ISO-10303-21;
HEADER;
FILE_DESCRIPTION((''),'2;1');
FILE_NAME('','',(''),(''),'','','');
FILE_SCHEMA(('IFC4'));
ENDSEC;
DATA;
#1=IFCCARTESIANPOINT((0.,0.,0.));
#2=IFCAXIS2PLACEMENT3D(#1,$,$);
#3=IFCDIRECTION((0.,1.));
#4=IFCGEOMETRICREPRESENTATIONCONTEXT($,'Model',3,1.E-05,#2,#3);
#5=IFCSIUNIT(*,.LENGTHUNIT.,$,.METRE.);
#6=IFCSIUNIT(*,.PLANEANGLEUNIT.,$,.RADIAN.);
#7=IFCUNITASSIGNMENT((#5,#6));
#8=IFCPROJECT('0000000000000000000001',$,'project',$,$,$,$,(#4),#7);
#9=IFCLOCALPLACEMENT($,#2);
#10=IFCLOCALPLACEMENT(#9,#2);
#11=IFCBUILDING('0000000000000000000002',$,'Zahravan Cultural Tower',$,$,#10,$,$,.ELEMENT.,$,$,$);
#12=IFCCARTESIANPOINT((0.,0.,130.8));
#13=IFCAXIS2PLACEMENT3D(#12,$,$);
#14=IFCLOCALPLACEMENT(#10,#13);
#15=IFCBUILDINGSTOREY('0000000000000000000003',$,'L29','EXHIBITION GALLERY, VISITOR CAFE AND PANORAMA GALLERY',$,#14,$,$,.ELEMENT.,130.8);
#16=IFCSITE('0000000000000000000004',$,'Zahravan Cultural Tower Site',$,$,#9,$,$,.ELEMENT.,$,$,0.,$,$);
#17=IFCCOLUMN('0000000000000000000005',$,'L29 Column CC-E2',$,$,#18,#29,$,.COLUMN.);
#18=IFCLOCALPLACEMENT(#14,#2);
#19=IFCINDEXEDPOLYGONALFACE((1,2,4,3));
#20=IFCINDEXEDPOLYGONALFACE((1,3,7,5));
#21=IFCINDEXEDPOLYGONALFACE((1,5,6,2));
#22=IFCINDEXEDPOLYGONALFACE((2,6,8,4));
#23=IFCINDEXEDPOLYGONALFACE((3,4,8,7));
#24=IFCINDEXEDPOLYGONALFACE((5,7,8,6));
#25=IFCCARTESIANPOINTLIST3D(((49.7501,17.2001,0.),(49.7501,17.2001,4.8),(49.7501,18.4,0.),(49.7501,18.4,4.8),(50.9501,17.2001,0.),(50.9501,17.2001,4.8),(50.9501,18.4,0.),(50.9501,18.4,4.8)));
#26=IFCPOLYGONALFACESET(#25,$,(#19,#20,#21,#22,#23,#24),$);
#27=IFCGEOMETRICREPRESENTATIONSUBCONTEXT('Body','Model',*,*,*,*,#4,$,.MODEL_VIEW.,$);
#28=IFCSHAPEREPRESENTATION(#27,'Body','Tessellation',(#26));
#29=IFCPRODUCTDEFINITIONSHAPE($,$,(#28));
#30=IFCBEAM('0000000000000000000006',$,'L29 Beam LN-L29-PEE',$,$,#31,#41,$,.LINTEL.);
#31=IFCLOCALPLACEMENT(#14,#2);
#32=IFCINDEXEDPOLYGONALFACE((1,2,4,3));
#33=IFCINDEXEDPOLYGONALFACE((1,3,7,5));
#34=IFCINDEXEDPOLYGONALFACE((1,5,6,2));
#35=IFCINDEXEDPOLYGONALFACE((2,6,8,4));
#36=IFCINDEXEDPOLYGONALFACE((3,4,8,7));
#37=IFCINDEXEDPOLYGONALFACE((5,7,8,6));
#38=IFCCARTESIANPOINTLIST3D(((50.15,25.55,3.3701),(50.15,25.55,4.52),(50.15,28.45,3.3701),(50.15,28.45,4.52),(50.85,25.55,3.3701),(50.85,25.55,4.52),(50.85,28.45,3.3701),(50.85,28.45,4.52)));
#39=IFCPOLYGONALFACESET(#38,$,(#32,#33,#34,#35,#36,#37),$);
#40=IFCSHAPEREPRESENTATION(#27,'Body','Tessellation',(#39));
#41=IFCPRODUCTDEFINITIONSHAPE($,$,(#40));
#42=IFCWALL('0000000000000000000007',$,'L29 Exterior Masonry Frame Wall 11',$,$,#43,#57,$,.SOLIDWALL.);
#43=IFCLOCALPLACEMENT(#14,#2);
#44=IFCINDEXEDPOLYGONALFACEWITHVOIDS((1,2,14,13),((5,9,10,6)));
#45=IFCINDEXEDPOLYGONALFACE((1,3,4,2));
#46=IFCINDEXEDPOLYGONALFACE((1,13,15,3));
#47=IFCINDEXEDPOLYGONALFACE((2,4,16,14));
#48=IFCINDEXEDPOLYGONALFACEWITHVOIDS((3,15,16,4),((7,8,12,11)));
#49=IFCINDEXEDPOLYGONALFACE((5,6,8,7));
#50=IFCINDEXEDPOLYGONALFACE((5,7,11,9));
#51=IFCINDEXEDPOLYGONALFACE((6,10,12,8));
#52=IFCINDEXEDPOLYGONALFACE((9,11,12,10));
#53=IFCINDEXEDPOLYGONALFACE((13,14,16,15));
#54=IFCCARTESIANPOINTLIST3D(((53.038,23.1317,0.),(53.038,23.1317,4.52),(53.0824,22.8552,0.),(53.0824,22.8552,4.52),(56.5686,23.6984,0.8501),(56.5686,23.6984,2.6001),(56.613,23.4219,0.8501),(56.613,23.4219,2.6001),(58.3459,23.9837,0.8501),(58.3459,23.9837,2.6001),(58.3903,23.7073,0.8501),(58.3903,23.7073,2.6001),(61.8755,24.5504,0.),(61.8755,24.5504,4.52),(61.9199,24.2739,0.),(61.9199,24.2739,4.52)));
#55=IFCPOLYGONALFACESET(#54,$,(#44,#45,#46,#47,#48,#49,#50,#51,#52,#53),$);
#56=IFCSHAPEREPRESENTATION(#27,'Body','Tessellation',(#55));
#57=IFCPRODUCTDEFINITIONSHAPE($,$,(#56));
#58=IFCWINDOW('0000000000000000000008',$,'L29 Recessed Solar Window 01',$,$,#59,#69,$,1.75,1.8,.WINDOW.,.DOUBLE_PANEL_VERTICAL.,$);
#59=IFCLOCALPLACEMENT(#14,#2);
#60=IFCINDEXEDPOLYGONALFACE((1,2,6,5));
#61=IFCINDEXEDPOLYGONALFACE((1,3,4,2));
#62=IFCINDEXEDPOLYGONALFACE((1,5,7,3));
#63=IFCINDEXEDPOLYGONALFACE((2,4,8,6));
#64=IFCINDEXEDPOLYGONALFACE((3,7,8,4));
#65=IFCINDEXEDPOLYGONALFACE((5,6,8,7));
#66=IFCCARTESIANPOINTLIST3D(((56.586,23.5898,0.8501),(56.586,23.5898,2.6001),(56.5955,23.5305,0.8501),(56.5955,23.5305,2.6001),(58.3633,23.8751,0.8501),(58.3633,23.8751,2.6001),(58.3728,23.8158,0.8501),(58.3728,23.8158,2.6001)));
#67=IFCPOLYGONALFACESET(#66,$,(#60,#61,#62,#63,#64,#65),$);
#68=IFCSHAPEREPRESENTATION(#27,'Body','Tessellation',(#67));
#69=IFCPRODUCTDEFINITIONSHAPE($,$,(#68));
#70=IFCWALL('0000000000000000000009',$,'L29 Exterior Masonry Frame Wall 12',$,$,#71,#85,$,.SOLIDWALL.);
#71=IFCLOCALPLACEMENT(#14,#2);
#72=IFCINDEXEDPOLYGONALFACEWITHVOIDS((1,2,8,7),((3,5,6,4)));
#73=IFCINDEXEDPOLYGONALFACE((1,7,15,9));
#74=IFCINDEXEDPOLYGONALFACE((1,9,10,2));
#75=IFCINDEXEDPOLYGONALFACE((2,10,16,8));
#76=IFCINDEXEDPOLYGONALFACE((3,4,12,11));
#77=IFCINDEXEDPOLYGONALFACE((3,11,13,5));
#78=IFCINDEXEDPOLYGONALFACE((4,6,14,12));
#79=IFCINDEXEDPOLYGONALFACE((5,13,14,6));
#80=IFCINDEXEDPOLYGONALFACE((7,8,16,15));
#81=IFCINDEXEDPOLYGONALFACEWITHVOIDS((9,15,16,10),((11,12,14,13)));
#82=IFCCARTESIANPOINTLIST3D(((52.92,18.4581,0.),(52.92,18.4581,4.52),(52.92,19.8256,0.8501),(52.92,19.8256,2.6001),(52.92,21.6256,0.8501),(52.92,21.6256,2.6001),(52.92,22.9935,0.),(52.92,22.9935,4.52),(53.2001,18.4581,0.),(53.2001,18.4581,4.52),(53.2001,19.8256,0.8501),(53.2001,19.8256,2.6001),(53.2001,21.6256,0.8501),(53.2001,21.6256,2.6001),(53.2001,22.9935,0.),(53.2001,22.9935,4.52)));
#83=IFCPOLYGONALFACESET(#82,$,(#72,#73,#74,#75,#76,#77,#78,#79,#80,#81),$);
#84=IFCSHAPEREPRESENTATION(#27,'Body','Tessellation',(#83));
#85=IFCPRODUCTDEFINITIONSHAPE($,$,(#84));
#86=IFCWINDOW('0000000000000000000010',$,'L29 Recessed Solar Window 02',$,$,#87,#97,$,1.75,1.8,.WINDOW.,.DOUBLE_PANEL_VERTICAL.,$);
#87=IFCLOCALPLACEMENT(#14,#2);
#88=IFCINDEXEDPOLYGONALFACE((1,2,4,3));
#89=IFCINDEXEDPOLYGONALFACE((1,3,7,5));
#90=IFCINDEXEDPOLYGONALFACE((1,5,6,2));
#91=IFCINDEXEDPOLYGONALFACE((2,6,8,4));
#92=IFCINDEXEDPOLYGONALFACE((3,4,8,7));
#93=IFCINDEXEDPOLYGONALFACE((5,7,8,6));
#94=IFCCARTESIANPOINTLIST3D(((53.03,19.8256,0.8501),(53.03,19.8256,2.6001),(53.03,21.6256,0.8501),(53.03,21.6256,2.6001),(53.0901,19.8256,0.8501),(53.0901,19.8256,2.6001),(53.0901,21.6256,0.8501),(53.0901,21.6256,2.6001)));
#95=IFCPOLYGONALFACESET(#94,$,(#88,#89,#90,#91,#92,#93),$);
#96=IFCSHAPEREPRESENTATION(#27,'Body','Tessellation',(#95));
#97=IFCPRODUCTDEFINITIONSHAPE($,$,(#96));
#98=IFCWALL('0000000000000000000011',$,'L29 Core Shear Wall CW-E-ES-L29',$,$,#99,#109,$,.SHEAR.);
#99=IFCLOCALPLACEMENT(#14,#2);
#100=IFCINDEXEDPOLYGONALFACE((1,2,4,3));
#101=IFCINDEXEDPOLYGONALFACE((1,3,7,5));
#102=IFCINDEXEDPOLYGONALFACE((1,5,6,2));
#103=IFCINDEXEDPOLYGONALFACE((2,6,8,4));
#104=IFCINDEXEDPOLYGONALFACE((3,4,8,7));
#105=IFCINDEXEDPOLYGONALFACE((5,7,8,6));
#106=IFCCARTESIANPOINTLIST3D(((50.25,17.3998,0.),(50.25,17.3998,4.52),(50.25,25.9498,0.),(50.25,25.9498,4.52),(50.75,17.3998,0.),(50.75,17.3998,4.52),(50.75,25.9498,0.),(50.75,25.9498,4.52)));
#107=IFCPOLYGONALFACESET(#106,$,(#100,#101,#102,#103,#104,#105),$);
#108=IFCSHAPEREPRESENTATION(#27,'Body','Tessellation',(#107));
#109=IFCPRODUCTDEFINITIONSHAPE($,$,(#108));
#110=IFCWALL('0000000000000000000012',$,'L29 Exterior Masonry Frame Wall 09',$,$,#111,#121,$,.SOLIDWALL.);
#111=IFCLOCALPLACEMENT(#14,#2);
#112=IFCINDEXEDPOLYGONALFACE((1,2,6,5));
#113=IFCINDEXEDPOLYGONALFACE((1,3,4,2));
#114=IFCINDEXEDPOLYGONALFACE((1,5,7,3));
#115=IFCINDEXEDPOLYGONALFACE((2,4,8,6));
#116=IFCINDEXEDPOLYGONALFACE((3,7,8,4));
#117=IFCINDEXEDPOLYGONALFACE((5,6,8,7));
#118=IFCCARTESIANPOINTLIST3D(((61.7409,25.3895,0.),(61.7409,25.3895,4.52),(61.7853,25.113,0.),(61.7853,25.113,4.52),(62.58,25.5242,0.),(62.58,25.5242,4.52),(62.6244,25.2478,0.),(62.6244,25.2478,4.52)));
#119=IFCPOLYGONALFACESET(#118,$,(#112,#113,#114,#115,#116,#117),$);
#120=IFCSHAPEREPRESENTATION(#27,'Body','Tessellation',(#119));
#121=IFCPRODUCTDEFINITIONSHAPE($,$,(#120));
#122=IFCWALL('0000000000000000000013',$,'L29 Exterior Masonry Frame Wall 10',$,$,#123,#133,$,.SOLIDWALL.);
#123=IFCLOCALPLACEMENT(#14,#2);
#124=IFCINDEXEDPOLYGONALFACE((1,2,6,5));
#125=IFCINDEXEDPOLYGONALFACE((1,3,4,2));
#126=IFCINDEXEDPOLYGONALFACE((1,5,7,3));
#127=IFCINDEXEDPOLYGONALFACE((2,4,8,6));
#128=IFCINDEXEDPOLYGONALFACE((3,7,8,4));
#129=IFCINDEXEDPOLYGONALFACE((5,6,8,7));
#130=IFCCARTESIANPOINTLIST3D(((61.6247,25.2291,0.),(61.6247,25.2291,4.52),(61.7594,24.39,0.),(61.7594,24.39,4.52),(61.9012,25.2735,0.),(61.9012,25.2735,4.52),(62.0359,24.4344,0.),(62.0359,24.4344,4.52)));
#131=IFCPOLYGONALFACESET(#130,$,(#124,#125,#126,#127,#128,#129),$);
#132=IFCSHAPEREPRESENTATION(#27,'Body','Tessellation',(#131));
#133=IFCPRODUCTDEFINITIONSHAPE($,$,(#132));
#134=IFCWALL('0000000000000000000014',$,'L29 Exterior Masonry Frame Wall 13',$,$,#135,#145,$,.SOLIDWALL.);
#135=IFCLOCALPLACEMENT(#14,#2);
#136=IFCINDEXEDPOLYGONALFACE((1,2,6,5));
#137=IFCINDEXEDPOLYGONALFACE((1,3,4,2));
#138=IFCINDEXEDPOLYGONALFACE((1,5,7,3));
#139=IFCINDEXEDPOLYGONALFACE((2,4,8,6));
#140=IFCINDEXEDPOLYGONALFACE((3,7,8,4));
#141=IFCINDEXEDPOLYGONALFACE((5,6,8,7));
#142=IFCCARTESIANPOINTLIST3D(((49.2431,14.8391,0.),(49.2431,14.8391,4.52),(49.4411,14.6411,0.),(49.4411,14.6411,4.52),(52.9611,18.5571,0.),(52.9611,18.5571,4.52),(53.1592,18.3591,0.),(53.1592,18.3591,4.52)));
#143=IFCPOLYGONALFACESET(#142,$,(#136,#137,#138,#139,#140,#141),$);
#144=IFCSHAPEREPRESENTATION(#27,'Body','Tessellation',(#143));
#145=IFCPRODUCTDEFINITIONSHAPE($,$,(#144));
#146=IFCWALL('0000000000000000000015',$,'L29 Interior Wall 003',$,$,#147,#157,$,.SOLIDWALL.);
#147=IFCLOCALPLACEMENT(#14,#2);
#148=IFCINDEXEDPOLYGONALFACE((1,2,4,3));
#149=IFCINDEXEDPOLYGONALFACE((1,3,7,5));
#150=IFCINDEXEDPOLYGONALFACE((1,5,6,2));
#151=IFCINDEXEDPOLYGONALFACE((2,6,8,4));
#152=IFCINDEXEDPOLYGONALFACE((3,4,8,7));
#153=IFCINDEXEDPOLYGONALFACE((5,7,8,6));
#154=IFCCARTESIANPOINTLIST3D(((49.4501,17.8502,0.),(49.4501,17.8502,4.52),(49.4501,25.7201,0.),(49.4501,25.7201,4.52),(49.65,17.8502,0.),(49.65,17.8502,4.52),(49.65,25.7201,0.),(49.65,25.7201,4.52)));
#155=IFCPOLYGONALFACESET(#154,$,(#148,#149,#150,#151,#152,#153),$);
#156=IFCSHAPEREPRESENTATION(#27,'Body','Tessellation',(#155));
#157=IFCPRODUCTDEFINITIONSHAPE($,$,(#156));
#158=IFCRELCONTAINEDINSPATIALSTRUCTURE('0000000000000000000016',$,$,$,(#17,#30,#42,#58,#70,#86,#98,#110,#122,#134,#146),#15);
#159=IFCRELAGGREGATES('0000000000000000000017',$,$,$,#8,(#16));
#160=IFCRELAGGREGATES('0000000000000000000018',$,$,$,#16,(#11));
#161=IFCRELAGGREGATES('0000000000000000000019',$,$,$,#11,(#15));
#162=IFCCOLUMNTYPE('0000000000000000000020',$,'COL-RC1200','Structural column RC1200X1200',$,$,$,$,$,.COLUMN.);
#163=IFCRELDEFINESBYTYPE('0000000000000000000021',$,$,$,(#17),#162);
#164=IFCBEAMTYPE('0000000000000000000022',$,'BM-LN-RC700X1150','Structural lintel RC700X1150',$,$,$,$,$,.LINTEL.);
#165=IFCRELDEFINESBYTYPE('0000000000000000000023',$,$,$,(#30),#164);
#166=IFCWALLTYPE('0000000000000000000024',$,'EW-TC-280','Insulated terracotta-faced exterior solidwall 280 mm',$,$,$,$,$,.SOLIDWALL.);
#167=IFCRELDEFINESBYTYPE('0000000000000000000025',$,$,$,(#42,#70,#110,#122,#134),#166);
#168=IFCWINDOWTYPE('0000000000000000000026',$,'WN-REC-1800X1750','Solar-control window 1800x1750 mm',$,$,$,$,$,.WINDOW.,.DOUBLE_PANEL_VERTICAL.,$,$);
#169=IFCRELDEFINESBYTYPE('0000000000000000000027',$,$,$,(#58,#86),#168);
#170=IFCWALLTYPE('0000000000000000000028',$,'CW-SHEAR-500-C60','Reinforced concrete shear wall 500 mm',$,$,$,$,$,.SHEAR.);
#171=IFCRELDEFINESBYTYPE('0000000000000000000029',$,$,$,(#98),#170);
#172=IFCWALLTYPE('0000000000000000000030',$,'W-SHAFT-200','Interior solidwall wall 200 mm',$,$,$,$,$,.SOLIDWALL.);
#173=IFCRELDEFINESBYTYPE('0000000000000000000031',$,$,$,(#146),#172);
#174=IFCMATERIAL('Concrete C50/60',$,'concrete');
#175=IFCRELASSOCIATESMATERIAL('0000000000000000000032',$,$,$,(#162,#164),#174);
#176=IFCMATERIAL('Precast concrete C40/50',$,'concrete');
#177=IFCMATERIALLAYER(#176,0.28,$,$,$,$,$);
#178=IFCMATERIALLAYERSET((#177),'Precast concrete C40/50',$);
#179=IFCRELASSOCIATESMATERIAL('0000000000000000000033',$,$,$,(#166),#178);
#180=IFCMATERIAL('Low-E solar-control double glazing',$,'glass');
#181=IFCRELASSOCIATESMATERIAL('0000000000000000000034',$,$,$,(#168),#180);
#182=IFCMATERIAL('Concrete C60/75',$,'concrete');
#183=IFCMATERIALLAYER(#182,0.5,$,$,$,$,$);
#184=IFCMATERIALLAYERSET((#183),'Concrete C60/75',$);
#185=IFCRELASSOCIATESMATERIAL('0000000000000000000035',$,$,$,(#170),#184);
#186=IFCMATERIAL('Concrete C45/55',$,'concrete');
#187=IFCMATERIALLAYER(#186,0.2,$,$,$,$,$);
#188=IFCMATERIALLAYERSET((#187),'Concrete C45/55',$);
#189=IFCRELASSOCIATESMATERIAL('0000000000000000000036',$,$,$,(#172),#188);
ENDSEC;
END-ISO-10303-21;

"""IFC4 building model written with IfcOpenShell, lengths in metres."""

from ifc_helpers import new_model, si_unit, direction, frame, frame_2d, origin, origin_2d, place, context, subcontext, project, spatial, rectangle, extrude, source, transform, mapped, material, layer, layer_set, material_profile, profile_set, type_object, element, fill, save


model = new_model("IFC4")

# Units and contexts
model_context = context("Model", 3, precision=1e-05, world=origin(), true_north=direction((0.0, 1.0)))
body_context = subcontext(model_context, "Body", "Model", "MODEL_VIEW")
ifc_project = project(units=[si_unit("LENGTHUNIT", "METRE"), si_unit("PLANEANGLEUNIT", "RADIAN")], contexts=[model_context])

# Site, building, storey
site_placement = place(None, origin())
site = spatial("IfcSite", under=ifc_project, at=site_placement, Name="Zahravan Cultural Tower Site", CompositionType="ELEMENT", RefElevation=0.0)
building_placement = place(site_placement, origin())
building = spatial("IfcBuilding", under=site, at=building_placement, Name="Zahravan Cultural Tower", CompositionType="ELEMENT")
storey_placement = place(building_placement, frame((0.0, 0.0, 130.8)))
storey = spatial("IfcBuildingStorey", under=building, at=storey_placement, Name="L29", Description="EXHIBITION GALLERY, VISITOR CAFE AND PANORAMA GALLERY", CompositionType="ELEMENT", Elevation=130.8)

# Column
ifc_material_1 = material(Name="Concrete C50/60", Category="concrete")
ifc_material_profile_1 = material_profile(ifc_material_1, rectangle(XDim=1.2, YDim=1.2, at=origin_2d()), Name="RC1200X1200")
ifc_profile_set_1 = profile_set([ifc_material_profile_1], Name="Concrete C50/60")
column_type = type_object("IfcColumnType", Name="COL-RC1200", Description="Structural column RC1200X1200", PredefinedType="COLUMN", material=ifc_profile_set_1)
shared_shape_1 = source(origin(), body_context, "Body", "SweptSolid", [
    extrude(rectangle(XDim=1.2, YDim=1.2, at=origin_2d()), origin(), (0.0, 0.0, 1.0), 4.8),
])
column_placement = place(storey_placement, frame((50.3501, 17.8, 0.0), z_axis=(0.0, 0.0, 1.0), x_axis=(1.0, 0.0, 0.0)))
element("IfcColumn", 1, at=column_placement, inside=storey, type_object=column_type, Name="L29 Column CC-E2", PredefinedType="COLUMN", context=body_context, shape_type="MappedRepresentation", body=[
    mapped(shared_shape_1, transform((0.0, 0.0, 0.0), x_axis=(1.0, 0.0, 0.0), y_axis=(0.0, 1.0, 0.0), z_axis=(0.0, 0.0, 1.0), scale=1.0)),
])

# Beam
ifc_material_profile_2 = material_profile(ifc_material_1, rectangle(XDim=0.7, YDim=1.1499, at=origin_2d()), Name="RC700X1150")
ifc_profile_set_2 = profile_set([ifc_material_profile_2], Name="Concrete C50/60")
beam_type = type_object("IfcBeamType", Name="BM-LN-RC700X1150", Description="Structural lintel RC700X1150", PredefinedType="LINTEL", material=ifc_profile_set_2)
shared_shape_2 = source(origin(), body_context, "Body", "SweptSolid", [
    extrude(rectangle(XDim=0.7, YDim=1.1499, at=origin_2d()), origin(), (0.0, 0.0, 1.0), 2.8999),
])
beam_placement = place(storey_placement, frame((50.5, 25.55, 3.9451), z_axis=(0.0, 1.0, 0.0), x_axis=(-1.0, 0.0, 0.0)))
element("IfcBeam", 2, at=beam_placement, inside=storey, type_object=beam_type, Name="L29 Beam LN-L29-PEE", PredefinedType="LINTEL", context=body_context, shape_type="MappedRepresentation", body=[
    mapped(shared_shape_2, transform((0.0, 0.0, 0.0), x_axis=(1.0, 0.0, 0.0), y_axis=(0.0, 1.0, 0.0), z_axis=(0.0, 0.0, 1.0), scale=1.0)),
])

# Walls, openings, windows
ifc_material_2 = material(Name="Precast concrete C40/50", Category="concrete")
ifc_layer_1 = layer(ifc_material_2, 0.28)
ifc_layer_set_1 = layer_set([ifc_layer_1], Name="Precast concrete C40/50")
wall_type_1 = type_object("IfcWallType", Name="EW-TC-280", Description="Insulated terracotta-faced exterior solidwall 280 mm", PredefinedType="SOLIDWALL", material=ifc_layer_set_1)
wall_1_placement = place(storey_placement, frame((61.8977, 24.4121, 0.0), z_axis=(0.0, 0.0, 1.0), x_axis=(-0.987359, -0.1585, 0.0)))
wall_1 = element("IfcWall", 3, at=wall_1_placement, inside=storey, type_object=wall_type_1, Name="L29 Exterior Masonry Frame Wall 11", PredefinedType="SOLIDWALL", context=body_context, shape_type="SweptSolid", body=[
    extrude(rectangle(XDim=8.9507, YDim=0.28, at=frame_2d((4.4753, 0.0))), origin(), (0.0, 0.0, 1.0), 4.52),
])
opening_1_placement = place(wall_1_placement, frame((3.575, 0.0, 0.8501)))
opening_1 = element("IfcOpeningElement", 4, at=opening_1_placement, cuts=wall_1, PredefinedType="OPENING", context=body_context, shape_type="SweptSolid", body=[
    extrude(rectangle(XDim=1.8, YDim=1.75, at=frame_2d((0.8999, 0.875))), frame((0.0, 0.1499, 0.0), z_axis=(0.0, -1.0, 0.0), x_axis=(1.0, 0.0, 0.0)), (0.0, 0.0, 1.0), 0.3),
])
ifc_material_3 = material(Name="Low-E solar-control double glazing", Category="glass")
window_type = type_object("IfcWindowType", Name="WN-REC-1800X1750", Description="Solar-control window 1800x1750 mm", PartitioningType="DOUBLE_PANEL_VERTICAL", PredefinedType="WINDOW", material=ifc_material_3)
shared_shape_3 = source(origin(), body_context, "Body", "SweptSolid", [
    extrude(rectangle(XDim=1.8, YDim=1.75, at=frame_2d((0.8999, 0.875))), frame((0.0, 0.03, 0.0), z_axis=(0.0, -1.0, 0.0), x_axis=(1.0, 0.0, 0.0)), (0.0, 0.0, 1.0), 0.0601),
])
window_1_placement = place(opening_1_placement, origin())
window_1 = element("IfcWindow", 5, at=window_1_placement, inside=storey, type_object=window_type, Name="L29 Recessed Solar Window 01", OverallHeight=1.75, OverallWidth=1.8, PartitioningType="DOUBLE_PANEL_VERTICAL", PredefinedType="WINDOW", context=body_context, shape_type="MappedRepresentation", body=[
    mapped(shared_shape_3, transform((0.0, 0.0, 0.0), x_axis=(1.0, 0.0, 0.0), y_axis=(0.0, 1.0, 0.0), z_axis=(0.0, 0.0, 1.0), scale=1.0)),
])
fill(opening_1, window_1)
wall_2_placement = place(storey_placement, frame((53.0601, 22.9934, 0.0), z_axis=(0.0, 0.0, 1.0), x_axis=(0.0, -1.0, 0.0)))
wall_2 = element("IfcWall", 6, at=wall_2_placement, inside=storey, type_object=wall_type_1, Name="L29 Exterior Masonry Frame Wall 12", PredefinedType="SOLIDWALL", context=body_context, shape_type="SweptSolid", body=[
    extrude(rectangle(XDim=4.5354, YDim=0.28, at=frame_2d((2.2676, 0.0))), origin(), (0.0, 0.0, 1.0), 4.52),
])
opening_2_placement = place(wall_2_placement, frame((1.3679, 0.0, 0.8501)))
opening_2 = element("IfcOpeningElement", 7, at=opening_2_placement, cuts=wall_2, PredefinedType="OPENING", context=body_context, shape_type="SweptSolid", body=[
    extrude(rectangle(XDim=1.8, YDim=1.75, at=frame_2d((0.8999, 0.875))), frame((0.0, 0.1499, 0.0), z_axis=(0.0, -1.0, 0.0), x_axis=(1.0, 0.0, 0.0)), (0.0, 0.0, 1.0), 0.3),
])
window_2_placement = place(opening_2_placement, origin())
window_2 = element("IfcWindow", 8, at=window_2_placement, inside=storey, type_object=window_type, Name="L29 Recessed Solar Window 02", OverallHeight=1.75, OverallWidth=1.8, PartitioningType="DOUBLE_PANEL_VERTICAL", PredefinedType="WINDOW", context=body_context, shape_type="MappedRepresentation", body=[
    mapped(shared_shape_3, transform((0.0, 0.0, 0.0), x_axis=(1.0, 0.0, 0.0), y_axis=(0.0, 1.0, 0.0), z_axis=(0.0, 0.0, 1.0), scale=1.0)),
])
fill(opening_2, window_2)

# Walls
ifc_material_4 = material(Name="Concrete C60/75", Category="concrete")
ifc_layer_2 = layer(ifc_material_4, 0.5)
ifc_layer_set_2 = layer_set([ifc_layer_2], Name="Concrete C60/75")
wall_type_2 = type_object("IfcWallType", Name="CW-SHEAR-500-C60", Description="Reinforced concrete shear wall 500 mm", PredefinedType="SHEAR", material=ifc_layer_set_2)
shared_shape_4 = source(origin(), body_context, "Body", "SweptSolid", [
    extrude(rectangle(XDim=8.55, YDim=0.5, at=frame_2d((4.2749, 0.0))), origin(), (0.0, 0.0, 1.0), 4.52),
])
wall_3_placement = place(storey_placement, frame((50.5, 17.3999, 0.0), z_axis=(0.0, 0.0, 1.0), x_axis=(0.0, 1.0, 0.0)))
element("IfcWall", 9, at=wall_3_placement, inside=storey, type_object=wall_type_2, Name="L29 Core Shear Wall CW-E-ES-L29", PredefinedType="SHEAR", context=body_context, shape_type="MappedRepresentation", body=[
    mapped(shared_shape_4, transform((0.0, 0.0, 0.0), x_axis=(1.0, 0.0, 0.0), y_axis=(0.0, 1.0, 0.0), z_axis=(0.0, 0.0, 1.0), scale=1.0)),
])
shared_shape_5 = source(origin(), body_context, "Body", "SweptSolid", [
    extrude(rectangle(XDim=0.8499, YDim=0.28, at=frame_2d((0.4248, 0.0))), origin(), (0.0, 0.0, 1.0), 4.52),
])
for number, where, z_axis, x_axis, name in (
    (10, (62.6021, 25.386, 0.0), (0.0, 0.0, 1.0), (-0.987347, -0.158573, 0.0), "L29 Exterior Masonry Frame Wall 09"),
    (11, (61.7629, 25.2512, 0.0), (0.0, 0.0, 1.0), (0.158573, -0.987347, 0.0), "L29 Exterior Masonry Frame Wall 10"),
):
    element("IfcWall", number, at=place(storey_placement, frame(where, z_axis=z_axis, x_axis=x_axis)), inside=storey, type_object=wall_type_1, Name=name, PredefinedType="SOLIDWALL", context=body_context, shape_type="MappedRepresentation", body=[
        mapped(shared_shape_5, transform((0.0, 0.0, 0.0), x_axis=(1.0, 0.0, 0.0), y_axis=(0.0, 1.0, 0.0), z_axis=(0.0, 0.0, 1.0), scale=1.0)),
    ])
shared_shape_6 = source(origin(), body_context, "Body", "SweptSolid", [
    extrude(rectangle(XDim=5.2581, YDim=0.28, at=frame_2d((2.6289, 0.0))), origin(), (0.0, 0.0, 1.0), 4.52),
])
wall_4_placement = place(storey_placement, frame((53.0601, 18.458, 0.0), z_axis=(0.0, 0.0, 1.0), x_axis=(-0.707107, -0.707107, 0.0)))
element("IfcWall", 12, at=wall_4_placement, inside=storey, type_object=wall_type_1, Name="L29 Exterior Masonry Frame Wall 13", PredefinedType="SOLIDWALL", context=body_context, shape_type="MappedRepresentation", body=[
    mapped(shared_shape_6, transform((0.0, 0.0, 0.0), x_axis=(1.0, 0.0, 0.0), y_axis=(0.0, 1.0, 0.0), z_axis=(0.0, 0.0, 1.0), scale=1.0)),
])
ifc_material_5 = material(Name="Concrete C45/55", Category="concrete")
ifc_layer_3 = layer(ifc_material_5, 0.2)
ifc_layer_set_3 = layer_set([ifc_layer_3], Name="Concrete C45/55")
wall_type_3 = type_object("IfcWallType", Name="W-SHAFT-200", Description="Interior solidwall wall 200 mm", PredefinedType="SOLIDWALL", material=ifc_layer_set_3)
shared_shape_7 = source(origin(), body_context, "Body", "SweptSolid", [
    extrude(rectangle(XDim=7.8699, YDim=0.2, at=frame_2d((3.9351, 0.0))), origin(), (0.0, 0.0, 1.0), 4.52),
])
wall_5_placement = place(storey_placement, frame((49.55, 17.8501, 0.0), z_axis=(0.0, 0.0, 1.0), x_axis=(0.0, 1.0, 0.0)))
element("IfcWall", 13, at=wall_5_placement, inside=storey, type_object=wall_type_3, Name="L29 Interior Wall 003", PredefinedType="SOLIDWALL", context=body_context, shape_type="MappedRepresentation", body=[
    mapped(shared_shape_7, transform((0.0, 0.0, 0.0), x_axis=(1.0, 0.0, 0.0), y_axis=(0.0, 1.0, 0.0), z_axis=(0.0, 0.0, 1.0), scale=1.0)),
])

save(model, "model.ifc")
